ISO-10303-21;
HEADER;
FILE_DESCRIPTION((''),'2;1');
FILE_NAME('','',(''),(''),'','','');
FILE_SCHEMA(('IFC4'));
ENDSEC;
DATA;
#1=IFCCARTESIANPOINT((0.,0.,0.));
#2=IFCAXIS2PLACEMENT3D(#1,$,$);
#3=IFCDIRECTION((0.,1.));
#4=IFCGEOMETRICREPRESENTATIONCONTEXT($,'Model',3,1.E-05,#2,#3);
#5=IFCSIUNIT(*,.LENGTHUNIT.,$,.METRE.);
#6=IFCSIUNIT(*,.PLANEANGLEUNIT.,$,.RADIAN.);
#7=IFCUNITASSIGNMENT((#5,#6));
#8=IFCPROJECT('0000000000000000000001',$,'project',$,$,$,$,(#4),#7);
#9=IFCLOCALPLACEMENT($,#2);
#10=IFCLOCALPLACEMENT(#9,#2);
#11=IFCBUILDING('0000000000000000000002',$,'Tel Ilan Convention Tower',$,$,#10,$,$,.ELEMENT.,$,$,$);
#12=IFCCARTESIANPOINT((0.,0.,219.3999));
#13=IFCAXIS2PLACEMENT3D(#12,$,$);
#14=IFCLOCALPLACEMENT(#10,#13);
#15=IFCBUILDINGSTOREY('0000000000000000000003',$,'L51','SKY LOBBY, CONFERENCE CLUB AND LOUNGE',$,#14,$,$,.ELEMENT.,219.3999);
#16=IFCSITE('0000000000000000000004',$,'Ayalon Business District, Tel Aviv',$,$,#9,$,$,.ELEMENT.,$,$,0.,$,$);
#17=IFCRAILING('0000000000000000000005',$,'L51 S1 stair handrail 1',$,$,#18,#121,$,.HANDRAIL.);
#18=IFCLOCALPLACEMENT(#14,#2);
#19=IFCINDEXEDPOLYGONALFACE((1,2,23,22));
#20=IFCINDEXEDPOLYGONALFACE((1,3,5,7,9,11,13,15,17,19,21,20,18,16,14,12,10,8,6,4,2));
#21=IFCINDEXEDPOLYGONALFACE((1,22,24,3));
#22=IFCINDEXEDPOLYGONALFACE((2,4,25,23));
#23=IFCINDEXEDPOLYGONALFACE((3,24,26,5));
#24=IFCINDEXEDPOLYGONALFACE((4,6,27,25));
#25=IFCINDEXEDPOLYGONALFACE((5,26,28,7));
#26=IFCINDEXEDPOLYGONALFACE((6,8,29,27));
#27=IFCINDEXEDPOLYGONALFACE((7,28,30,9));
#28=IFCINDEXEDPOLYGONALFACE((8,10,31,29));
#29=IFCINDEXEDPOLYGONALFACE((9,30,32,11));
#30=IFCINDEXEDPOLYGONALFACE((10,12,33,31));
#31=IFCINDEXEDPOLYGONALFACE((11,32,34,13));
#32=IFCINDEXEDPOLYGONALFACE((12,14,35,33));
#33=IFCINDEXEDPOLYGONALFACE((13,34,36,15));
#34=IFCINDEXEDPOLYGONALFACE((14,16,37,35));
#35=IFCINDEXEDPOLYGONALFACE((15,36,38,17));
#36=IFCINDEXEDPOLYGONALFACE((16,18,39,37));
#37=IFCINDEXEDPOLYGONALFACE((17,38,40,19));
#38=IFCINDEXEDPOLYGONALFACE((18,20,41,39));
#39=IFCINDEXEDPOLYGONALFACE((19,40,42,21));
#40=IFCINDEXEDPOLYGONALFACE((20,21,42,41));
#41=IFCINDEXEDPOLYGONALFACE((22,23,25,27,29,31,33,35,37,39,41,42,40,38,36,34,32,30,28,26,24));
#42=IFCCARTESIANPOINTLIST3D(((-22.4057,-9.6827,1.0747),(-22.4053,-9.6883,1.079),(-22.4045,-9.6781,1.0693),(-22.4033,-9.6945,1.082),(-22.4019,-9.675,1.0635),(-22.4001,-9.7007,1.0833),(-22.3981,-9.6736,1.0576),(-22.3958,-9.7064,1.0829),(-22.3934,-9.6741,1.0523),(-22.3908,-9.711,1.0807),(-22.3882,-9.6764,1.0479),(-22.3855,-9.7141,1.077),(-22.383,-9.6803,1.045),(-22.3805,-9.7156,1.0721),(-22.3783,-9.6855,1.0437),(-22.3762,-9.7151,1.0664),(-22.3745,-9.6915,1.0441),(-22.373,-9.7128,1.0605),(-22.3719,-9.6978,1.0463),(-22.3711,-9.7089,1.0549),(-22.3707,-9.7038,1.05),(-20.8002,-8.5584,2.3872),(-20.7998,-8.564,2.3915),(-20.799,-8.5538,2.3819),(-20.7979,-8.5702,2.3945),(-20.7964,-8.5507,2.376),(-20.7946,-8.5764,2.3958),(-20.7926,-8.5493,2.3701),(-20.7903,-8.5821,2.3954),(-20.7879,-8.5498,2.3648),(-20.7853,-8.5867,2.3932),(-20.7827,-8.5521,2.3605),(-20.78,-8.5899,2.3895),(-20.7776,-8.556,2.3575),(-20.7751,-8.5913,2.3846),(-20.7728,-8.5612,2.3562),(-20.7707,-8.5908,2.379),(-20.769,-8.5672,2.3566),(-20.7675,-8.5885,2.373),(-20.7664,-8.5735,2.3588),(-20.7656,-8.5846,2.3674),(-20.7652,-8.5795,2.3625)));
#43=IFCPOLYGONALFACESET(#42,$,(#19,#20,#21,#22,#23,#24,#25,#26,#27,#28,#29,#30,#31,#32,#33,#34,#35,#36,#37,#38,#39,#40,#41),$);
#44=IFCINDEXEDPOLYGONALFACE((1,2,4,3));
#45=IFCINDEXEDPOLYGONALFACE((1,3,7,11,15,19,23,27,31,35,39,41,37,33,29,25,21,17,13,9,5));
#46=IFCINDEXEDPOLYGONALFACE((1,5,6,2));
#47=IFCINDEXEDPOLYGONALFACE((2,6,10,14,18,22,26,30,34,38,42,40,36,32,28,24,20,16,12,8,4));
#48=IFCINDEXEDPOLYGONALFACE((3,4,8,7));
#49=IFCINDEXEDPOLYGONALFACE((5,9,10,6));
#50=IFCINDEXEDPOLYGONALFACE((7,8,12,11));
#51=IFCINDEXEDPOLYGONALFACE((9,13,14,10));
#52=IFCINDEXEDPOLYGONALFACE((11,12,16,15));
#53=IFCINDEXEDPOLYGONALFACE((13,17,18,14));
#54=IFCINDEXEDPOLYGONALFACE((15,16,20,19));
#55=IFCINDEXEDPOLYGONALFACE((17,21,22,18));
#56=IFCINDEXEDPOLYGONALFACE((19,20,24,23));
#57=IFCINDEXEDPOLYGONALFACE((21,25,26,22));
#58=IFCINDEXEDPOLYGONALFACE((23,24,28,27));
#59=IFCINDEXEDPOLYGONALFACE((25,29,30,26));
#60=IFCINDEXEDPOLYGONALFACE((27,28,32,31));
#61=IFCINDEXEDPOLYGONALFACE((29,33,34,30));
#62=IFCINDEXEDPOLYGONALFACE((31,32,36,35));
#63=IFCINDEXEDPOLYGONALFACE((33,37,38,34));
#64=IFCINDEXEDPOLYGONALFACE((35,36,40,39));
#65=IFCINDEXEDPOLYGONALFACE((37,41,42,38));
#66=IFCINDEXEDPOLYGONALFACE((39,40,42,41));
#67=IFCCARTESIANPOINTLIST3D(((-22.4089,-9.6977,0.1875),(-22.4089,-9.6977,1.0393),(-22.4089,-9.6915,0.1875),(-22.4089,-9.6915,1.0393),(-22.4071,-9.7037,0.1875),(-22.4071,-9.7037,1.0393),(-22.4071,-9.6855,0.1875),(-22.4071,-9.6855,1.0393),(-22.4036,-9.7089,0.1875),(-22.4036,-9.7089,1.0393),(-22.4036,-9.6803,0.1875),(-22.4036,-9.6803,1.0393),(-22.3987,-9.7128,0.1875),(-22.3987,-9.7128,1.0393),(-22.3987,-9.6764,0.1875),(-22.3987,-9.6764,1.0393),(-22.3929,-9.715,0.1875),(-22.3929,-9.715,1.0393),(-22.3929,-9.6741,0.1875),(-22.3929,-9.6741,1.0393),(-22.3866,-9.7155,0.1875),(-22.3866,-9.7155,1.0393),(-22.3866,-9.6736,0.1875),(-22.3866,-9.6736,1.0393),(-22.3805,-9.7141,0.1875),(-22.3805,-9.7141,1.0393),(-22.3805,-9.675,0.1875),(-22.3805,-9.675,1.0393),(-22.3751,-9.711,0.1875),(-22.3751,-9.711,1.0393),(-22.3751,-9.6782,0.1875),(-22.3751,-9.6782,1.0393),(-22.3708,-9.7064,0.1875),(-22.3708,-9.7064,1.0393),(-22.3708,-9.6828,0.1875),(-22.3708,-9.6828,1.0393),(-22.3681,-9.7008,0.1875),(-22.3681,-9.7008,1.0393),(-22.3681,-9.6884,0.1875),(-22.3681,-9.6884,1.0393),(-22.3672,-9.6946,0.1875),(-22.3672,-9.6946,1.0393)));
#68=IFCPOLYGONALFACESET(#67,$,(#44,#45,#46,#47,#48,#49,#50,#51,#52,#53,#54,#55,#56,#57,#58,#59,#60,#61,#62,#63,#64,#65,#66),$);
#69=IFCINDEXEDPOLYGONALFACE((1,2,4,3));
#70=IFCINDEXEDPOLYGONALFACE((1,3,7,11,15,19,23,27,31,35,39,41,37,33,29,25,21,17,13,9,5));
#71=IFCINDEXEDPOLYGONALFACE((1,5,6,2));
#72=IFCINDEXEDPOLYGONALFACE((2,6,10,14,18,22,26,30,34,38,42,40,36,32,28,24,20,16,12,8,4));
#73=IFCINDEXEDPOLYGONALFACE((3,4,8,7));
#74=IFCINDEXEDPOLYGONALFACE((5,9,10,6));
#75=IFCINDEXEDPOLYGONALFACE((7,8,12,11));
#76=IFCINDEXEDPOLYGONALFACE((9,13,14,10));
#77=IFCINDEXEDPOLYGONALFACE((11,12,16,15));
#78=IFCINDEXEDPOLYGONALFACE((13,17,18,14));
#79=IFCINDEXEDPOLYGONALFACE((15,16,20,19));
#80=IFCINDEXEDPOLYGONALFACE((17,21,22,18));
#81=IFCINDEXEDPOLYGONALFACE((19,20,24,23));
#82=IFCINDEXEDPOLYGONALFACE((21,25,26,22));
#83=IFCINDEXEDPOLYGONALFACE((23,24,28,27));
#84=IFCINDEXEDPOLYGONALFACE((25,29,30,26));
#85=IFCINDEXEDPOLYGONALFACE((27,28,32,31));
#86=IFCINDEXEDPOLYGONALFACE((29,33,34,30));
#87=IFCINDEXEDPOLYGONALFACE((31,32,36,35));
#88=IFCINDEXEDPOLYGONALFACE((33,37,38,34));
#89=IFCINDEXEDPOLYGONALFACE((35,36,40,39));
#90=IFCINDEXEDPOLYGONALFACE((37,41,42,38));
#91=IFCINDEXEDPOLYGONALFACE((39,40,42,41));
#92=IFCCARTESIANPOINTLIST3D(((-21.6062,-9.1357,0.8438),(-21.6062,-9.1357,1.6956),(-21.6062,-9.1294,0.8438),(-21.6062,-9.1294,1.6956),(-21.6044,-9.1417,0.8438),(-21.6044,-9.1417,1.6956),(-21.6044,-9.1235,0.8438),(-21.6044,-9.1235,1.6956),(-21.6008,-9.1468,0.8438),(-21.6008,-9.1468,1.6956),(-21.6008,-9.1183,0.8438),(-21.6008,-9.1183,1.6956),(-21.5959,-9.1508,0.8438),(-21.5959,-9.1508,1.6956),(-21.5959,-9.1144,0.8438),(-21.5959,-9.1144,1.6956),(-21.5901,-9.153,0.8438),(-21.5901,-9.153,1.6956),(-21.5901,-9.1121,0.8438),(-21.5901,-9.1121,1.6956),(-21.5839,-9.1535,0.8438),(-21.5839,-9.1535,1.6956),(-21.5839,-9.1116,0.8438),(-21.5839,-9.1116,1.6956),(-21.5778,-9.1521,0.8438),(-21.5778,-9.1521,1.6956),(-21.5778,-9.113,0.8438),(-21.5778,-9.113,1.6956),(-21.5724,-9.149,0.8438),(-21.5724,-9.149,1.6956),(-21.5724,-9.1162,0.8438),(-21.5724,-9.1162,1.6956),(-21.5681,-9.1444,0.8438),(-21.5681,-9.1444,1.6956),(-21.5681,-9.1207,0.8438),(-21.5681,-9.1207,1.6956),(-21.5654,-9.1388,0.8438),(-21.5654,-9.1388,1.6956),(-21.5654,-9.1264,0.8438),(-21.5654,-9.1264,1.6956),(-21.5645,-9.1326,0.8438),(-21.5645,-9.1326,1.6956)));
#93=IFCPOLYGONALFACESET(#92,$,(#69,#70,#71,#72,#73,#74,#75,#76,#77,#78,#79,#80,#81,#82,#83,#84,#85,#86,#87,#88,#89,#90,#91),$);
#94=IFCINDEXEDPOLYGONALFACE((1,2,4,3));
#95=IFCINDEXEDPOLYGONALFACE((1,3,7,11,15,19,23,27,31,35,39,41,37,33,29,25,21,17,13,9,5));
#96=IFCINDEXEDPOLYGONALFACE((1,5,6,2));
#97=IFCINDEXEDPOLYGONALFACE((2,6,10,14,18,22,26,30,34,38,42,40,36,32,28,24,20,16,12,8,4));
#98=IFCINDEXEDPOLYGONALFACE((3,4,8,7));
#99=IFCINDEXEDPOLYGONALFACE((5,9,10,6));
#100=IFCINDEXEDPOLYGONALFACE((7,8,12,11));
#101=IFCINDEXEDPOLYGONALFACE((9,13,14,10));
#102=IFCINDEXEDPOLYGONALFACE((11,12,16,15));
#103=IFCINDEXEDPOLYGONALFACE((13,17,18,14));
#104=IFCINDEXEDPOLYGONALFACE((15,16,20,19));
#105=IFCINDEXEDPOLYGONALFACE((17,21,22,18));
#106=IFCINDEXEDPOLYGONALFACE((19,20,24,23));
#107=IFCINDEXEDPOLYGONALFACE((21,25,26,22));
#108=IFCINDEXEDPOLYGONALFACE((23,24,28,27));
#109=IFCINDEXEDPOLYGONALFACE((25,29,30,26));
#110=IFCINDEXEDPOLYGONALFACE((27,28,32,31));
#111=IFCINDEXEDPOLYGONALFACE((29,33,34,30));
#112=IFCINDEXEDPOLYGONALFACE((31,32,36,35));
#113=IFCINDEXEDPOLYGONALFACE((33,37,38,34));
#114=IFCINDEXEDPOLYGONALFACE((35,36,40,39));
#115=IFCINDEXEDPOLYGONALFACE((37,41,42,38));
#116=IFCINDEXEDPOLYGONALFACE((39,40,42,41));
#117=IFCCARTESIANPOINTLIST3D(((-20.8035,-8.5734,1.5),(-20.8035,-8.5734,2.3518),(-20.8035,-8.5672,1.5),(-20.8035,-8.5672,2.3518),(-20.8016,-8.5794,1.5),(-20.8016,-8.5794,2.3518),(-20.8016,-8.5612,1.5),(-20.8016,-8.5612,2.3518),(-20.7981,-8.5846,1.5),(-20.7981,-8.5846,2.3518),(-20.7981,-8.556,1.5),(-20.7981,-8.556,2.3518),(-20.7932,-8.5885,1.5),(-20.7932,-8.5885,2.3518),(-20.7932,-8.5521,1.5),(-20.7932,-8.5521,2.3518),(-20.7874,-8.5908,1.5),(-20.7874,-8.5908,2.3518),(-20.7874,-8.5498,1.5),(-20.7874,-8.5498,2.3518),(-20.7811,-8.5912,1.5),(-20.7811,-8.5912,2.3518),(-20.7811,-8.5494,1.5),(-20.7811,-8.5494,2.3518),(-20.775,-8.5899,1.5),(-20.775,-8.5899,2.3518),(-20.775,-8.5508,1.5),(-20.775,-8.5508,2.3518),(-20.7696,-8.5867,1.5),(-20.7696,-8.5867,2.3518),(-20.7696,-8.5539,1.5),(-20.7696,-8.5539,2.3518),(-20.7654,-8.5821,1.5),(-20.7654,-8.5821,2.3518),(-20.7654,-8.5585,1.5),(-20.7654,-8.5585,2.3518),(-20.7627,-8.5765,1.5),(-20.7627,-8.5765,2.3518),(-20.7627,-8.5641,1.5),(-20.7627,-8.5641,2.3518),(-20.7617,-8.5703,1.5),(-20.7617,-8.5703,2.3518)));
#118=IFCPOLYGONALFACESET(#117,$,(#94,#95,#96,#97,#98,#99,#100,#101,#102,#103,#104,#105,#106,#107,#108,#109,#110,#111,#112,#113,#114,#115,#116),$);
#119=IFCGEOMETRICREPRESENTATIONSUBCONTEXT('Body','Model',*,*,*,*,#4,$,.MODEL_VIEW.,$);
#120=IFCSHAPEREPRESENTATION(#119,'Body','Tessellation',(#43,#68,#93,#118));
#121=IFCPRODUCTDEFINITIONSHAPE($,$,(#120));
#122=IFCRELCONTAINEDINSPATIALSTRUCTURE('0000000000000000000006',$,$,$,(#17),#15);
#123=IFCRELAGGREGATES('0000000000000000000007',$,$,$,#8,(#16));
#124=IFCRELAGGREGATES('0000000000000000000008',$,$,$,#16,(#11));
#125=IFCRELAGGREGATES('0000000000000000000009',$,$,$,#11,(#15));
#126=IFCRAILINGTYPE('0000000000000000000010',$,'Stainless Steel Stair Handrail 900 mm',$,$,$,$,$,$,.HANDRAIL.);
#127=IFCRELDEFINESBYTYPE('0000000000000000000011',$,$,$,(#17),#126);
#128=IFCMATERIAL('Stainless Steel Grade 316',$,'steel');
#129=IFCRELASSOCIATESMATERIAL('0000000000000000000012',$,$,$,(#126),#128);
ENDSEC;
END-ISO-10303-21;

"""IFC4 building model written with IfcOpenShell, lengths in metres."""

from ifc_helpers import new_model, si_unit, direction, frame, origin, origin_2d, place, context, subcontext, project, spatial, circle, extrude, material, type_object, element, save


model = new_model("IFC4")

# Units and contexts
model_context = context("Model", 3, precision=1e-05, world=origin(), true_north=direction((0.0, 1.0)))
body_context = subcontext(model_context, "Body", "Model", "MODEL_VIEW")
ifc_project = project(units=[si_unit("LENGTHUNIT", "METRE"), si_unit("PLANEANGLEUNIT", "RADIAN")], contexts=[model_context])

# Site, building, storey
site_placement = place(None, origin())
site = spatial("IfcSite", under=ifc_project, at=site_placement, Name="Ayalon Business District, Tel Aviv", CompositionType="ELEMENT", RefElevation=0.0)
building_placement = place(site_placement, origin())
building = spatial("IfcBuilding", under=site, at=building_placement, Name="Tel Ilan Convention Tower", CompositionType="ELEMENT")
storey_placement = place(building_placement, frame((0.0, 0.0, 219.3999)))
storey = spatial("IfcBuildingStorey", under=building, at=storey_placement, Name="L51", Description="SKY LOBBY, CONFERENCE CLUB AND LOUNGE", CompositionType="ELEMENT", Elevation=219.3999)

# Railing
ifc_material_1 = material(Name="Stainless Steel Grade 316", Category="steel")
railing_type_1 = type_object("IfcRailingType", Name="Stainless Steel Stair Handrail 900 mm", PredefinedType="HANDRAIL", material=ifc_material_1)
railing_1_placement = place(storey_placement, frame((-22.3882, -9.6946, 0.1875)))
element("IfcRailing", 1, at=railing_1_placement, inside=storey, type_object=railing_type_1, Name="L51 S1 stair handrail 1", PredefinedType="HANDRAIL", context=body_context, shape_type="SweptSolid", body=[
    extrude(circle(Radius=0.0239, at=origin_2d()), frame((0.0, 0.0, 0.876), z_axis=(0.680616, 0.476617, 0.556416), x_axis=(-0.573613, 0.819127, 0.0)), (0.0, 0.0, 1.0), 2.3589),
    extrude(circle(Radius=0.021, at=origin_2d()), origin(), (0.0, 0.0, 1.0), 0.8518),
    extrude(circle(Radius=0.021, at=origin_2d()), frame((0.8027, 0.562, 0.6562)), (0.0, 0.0, 1.0), 0.8518),
    extrude(circle(Radius=0.021, at=origin_2d()), frame((1.6055, 1.1243, 1.3125)), (0.0, 0.0, 1.0), 0.8518),
])

save(model, "model.ifc")
